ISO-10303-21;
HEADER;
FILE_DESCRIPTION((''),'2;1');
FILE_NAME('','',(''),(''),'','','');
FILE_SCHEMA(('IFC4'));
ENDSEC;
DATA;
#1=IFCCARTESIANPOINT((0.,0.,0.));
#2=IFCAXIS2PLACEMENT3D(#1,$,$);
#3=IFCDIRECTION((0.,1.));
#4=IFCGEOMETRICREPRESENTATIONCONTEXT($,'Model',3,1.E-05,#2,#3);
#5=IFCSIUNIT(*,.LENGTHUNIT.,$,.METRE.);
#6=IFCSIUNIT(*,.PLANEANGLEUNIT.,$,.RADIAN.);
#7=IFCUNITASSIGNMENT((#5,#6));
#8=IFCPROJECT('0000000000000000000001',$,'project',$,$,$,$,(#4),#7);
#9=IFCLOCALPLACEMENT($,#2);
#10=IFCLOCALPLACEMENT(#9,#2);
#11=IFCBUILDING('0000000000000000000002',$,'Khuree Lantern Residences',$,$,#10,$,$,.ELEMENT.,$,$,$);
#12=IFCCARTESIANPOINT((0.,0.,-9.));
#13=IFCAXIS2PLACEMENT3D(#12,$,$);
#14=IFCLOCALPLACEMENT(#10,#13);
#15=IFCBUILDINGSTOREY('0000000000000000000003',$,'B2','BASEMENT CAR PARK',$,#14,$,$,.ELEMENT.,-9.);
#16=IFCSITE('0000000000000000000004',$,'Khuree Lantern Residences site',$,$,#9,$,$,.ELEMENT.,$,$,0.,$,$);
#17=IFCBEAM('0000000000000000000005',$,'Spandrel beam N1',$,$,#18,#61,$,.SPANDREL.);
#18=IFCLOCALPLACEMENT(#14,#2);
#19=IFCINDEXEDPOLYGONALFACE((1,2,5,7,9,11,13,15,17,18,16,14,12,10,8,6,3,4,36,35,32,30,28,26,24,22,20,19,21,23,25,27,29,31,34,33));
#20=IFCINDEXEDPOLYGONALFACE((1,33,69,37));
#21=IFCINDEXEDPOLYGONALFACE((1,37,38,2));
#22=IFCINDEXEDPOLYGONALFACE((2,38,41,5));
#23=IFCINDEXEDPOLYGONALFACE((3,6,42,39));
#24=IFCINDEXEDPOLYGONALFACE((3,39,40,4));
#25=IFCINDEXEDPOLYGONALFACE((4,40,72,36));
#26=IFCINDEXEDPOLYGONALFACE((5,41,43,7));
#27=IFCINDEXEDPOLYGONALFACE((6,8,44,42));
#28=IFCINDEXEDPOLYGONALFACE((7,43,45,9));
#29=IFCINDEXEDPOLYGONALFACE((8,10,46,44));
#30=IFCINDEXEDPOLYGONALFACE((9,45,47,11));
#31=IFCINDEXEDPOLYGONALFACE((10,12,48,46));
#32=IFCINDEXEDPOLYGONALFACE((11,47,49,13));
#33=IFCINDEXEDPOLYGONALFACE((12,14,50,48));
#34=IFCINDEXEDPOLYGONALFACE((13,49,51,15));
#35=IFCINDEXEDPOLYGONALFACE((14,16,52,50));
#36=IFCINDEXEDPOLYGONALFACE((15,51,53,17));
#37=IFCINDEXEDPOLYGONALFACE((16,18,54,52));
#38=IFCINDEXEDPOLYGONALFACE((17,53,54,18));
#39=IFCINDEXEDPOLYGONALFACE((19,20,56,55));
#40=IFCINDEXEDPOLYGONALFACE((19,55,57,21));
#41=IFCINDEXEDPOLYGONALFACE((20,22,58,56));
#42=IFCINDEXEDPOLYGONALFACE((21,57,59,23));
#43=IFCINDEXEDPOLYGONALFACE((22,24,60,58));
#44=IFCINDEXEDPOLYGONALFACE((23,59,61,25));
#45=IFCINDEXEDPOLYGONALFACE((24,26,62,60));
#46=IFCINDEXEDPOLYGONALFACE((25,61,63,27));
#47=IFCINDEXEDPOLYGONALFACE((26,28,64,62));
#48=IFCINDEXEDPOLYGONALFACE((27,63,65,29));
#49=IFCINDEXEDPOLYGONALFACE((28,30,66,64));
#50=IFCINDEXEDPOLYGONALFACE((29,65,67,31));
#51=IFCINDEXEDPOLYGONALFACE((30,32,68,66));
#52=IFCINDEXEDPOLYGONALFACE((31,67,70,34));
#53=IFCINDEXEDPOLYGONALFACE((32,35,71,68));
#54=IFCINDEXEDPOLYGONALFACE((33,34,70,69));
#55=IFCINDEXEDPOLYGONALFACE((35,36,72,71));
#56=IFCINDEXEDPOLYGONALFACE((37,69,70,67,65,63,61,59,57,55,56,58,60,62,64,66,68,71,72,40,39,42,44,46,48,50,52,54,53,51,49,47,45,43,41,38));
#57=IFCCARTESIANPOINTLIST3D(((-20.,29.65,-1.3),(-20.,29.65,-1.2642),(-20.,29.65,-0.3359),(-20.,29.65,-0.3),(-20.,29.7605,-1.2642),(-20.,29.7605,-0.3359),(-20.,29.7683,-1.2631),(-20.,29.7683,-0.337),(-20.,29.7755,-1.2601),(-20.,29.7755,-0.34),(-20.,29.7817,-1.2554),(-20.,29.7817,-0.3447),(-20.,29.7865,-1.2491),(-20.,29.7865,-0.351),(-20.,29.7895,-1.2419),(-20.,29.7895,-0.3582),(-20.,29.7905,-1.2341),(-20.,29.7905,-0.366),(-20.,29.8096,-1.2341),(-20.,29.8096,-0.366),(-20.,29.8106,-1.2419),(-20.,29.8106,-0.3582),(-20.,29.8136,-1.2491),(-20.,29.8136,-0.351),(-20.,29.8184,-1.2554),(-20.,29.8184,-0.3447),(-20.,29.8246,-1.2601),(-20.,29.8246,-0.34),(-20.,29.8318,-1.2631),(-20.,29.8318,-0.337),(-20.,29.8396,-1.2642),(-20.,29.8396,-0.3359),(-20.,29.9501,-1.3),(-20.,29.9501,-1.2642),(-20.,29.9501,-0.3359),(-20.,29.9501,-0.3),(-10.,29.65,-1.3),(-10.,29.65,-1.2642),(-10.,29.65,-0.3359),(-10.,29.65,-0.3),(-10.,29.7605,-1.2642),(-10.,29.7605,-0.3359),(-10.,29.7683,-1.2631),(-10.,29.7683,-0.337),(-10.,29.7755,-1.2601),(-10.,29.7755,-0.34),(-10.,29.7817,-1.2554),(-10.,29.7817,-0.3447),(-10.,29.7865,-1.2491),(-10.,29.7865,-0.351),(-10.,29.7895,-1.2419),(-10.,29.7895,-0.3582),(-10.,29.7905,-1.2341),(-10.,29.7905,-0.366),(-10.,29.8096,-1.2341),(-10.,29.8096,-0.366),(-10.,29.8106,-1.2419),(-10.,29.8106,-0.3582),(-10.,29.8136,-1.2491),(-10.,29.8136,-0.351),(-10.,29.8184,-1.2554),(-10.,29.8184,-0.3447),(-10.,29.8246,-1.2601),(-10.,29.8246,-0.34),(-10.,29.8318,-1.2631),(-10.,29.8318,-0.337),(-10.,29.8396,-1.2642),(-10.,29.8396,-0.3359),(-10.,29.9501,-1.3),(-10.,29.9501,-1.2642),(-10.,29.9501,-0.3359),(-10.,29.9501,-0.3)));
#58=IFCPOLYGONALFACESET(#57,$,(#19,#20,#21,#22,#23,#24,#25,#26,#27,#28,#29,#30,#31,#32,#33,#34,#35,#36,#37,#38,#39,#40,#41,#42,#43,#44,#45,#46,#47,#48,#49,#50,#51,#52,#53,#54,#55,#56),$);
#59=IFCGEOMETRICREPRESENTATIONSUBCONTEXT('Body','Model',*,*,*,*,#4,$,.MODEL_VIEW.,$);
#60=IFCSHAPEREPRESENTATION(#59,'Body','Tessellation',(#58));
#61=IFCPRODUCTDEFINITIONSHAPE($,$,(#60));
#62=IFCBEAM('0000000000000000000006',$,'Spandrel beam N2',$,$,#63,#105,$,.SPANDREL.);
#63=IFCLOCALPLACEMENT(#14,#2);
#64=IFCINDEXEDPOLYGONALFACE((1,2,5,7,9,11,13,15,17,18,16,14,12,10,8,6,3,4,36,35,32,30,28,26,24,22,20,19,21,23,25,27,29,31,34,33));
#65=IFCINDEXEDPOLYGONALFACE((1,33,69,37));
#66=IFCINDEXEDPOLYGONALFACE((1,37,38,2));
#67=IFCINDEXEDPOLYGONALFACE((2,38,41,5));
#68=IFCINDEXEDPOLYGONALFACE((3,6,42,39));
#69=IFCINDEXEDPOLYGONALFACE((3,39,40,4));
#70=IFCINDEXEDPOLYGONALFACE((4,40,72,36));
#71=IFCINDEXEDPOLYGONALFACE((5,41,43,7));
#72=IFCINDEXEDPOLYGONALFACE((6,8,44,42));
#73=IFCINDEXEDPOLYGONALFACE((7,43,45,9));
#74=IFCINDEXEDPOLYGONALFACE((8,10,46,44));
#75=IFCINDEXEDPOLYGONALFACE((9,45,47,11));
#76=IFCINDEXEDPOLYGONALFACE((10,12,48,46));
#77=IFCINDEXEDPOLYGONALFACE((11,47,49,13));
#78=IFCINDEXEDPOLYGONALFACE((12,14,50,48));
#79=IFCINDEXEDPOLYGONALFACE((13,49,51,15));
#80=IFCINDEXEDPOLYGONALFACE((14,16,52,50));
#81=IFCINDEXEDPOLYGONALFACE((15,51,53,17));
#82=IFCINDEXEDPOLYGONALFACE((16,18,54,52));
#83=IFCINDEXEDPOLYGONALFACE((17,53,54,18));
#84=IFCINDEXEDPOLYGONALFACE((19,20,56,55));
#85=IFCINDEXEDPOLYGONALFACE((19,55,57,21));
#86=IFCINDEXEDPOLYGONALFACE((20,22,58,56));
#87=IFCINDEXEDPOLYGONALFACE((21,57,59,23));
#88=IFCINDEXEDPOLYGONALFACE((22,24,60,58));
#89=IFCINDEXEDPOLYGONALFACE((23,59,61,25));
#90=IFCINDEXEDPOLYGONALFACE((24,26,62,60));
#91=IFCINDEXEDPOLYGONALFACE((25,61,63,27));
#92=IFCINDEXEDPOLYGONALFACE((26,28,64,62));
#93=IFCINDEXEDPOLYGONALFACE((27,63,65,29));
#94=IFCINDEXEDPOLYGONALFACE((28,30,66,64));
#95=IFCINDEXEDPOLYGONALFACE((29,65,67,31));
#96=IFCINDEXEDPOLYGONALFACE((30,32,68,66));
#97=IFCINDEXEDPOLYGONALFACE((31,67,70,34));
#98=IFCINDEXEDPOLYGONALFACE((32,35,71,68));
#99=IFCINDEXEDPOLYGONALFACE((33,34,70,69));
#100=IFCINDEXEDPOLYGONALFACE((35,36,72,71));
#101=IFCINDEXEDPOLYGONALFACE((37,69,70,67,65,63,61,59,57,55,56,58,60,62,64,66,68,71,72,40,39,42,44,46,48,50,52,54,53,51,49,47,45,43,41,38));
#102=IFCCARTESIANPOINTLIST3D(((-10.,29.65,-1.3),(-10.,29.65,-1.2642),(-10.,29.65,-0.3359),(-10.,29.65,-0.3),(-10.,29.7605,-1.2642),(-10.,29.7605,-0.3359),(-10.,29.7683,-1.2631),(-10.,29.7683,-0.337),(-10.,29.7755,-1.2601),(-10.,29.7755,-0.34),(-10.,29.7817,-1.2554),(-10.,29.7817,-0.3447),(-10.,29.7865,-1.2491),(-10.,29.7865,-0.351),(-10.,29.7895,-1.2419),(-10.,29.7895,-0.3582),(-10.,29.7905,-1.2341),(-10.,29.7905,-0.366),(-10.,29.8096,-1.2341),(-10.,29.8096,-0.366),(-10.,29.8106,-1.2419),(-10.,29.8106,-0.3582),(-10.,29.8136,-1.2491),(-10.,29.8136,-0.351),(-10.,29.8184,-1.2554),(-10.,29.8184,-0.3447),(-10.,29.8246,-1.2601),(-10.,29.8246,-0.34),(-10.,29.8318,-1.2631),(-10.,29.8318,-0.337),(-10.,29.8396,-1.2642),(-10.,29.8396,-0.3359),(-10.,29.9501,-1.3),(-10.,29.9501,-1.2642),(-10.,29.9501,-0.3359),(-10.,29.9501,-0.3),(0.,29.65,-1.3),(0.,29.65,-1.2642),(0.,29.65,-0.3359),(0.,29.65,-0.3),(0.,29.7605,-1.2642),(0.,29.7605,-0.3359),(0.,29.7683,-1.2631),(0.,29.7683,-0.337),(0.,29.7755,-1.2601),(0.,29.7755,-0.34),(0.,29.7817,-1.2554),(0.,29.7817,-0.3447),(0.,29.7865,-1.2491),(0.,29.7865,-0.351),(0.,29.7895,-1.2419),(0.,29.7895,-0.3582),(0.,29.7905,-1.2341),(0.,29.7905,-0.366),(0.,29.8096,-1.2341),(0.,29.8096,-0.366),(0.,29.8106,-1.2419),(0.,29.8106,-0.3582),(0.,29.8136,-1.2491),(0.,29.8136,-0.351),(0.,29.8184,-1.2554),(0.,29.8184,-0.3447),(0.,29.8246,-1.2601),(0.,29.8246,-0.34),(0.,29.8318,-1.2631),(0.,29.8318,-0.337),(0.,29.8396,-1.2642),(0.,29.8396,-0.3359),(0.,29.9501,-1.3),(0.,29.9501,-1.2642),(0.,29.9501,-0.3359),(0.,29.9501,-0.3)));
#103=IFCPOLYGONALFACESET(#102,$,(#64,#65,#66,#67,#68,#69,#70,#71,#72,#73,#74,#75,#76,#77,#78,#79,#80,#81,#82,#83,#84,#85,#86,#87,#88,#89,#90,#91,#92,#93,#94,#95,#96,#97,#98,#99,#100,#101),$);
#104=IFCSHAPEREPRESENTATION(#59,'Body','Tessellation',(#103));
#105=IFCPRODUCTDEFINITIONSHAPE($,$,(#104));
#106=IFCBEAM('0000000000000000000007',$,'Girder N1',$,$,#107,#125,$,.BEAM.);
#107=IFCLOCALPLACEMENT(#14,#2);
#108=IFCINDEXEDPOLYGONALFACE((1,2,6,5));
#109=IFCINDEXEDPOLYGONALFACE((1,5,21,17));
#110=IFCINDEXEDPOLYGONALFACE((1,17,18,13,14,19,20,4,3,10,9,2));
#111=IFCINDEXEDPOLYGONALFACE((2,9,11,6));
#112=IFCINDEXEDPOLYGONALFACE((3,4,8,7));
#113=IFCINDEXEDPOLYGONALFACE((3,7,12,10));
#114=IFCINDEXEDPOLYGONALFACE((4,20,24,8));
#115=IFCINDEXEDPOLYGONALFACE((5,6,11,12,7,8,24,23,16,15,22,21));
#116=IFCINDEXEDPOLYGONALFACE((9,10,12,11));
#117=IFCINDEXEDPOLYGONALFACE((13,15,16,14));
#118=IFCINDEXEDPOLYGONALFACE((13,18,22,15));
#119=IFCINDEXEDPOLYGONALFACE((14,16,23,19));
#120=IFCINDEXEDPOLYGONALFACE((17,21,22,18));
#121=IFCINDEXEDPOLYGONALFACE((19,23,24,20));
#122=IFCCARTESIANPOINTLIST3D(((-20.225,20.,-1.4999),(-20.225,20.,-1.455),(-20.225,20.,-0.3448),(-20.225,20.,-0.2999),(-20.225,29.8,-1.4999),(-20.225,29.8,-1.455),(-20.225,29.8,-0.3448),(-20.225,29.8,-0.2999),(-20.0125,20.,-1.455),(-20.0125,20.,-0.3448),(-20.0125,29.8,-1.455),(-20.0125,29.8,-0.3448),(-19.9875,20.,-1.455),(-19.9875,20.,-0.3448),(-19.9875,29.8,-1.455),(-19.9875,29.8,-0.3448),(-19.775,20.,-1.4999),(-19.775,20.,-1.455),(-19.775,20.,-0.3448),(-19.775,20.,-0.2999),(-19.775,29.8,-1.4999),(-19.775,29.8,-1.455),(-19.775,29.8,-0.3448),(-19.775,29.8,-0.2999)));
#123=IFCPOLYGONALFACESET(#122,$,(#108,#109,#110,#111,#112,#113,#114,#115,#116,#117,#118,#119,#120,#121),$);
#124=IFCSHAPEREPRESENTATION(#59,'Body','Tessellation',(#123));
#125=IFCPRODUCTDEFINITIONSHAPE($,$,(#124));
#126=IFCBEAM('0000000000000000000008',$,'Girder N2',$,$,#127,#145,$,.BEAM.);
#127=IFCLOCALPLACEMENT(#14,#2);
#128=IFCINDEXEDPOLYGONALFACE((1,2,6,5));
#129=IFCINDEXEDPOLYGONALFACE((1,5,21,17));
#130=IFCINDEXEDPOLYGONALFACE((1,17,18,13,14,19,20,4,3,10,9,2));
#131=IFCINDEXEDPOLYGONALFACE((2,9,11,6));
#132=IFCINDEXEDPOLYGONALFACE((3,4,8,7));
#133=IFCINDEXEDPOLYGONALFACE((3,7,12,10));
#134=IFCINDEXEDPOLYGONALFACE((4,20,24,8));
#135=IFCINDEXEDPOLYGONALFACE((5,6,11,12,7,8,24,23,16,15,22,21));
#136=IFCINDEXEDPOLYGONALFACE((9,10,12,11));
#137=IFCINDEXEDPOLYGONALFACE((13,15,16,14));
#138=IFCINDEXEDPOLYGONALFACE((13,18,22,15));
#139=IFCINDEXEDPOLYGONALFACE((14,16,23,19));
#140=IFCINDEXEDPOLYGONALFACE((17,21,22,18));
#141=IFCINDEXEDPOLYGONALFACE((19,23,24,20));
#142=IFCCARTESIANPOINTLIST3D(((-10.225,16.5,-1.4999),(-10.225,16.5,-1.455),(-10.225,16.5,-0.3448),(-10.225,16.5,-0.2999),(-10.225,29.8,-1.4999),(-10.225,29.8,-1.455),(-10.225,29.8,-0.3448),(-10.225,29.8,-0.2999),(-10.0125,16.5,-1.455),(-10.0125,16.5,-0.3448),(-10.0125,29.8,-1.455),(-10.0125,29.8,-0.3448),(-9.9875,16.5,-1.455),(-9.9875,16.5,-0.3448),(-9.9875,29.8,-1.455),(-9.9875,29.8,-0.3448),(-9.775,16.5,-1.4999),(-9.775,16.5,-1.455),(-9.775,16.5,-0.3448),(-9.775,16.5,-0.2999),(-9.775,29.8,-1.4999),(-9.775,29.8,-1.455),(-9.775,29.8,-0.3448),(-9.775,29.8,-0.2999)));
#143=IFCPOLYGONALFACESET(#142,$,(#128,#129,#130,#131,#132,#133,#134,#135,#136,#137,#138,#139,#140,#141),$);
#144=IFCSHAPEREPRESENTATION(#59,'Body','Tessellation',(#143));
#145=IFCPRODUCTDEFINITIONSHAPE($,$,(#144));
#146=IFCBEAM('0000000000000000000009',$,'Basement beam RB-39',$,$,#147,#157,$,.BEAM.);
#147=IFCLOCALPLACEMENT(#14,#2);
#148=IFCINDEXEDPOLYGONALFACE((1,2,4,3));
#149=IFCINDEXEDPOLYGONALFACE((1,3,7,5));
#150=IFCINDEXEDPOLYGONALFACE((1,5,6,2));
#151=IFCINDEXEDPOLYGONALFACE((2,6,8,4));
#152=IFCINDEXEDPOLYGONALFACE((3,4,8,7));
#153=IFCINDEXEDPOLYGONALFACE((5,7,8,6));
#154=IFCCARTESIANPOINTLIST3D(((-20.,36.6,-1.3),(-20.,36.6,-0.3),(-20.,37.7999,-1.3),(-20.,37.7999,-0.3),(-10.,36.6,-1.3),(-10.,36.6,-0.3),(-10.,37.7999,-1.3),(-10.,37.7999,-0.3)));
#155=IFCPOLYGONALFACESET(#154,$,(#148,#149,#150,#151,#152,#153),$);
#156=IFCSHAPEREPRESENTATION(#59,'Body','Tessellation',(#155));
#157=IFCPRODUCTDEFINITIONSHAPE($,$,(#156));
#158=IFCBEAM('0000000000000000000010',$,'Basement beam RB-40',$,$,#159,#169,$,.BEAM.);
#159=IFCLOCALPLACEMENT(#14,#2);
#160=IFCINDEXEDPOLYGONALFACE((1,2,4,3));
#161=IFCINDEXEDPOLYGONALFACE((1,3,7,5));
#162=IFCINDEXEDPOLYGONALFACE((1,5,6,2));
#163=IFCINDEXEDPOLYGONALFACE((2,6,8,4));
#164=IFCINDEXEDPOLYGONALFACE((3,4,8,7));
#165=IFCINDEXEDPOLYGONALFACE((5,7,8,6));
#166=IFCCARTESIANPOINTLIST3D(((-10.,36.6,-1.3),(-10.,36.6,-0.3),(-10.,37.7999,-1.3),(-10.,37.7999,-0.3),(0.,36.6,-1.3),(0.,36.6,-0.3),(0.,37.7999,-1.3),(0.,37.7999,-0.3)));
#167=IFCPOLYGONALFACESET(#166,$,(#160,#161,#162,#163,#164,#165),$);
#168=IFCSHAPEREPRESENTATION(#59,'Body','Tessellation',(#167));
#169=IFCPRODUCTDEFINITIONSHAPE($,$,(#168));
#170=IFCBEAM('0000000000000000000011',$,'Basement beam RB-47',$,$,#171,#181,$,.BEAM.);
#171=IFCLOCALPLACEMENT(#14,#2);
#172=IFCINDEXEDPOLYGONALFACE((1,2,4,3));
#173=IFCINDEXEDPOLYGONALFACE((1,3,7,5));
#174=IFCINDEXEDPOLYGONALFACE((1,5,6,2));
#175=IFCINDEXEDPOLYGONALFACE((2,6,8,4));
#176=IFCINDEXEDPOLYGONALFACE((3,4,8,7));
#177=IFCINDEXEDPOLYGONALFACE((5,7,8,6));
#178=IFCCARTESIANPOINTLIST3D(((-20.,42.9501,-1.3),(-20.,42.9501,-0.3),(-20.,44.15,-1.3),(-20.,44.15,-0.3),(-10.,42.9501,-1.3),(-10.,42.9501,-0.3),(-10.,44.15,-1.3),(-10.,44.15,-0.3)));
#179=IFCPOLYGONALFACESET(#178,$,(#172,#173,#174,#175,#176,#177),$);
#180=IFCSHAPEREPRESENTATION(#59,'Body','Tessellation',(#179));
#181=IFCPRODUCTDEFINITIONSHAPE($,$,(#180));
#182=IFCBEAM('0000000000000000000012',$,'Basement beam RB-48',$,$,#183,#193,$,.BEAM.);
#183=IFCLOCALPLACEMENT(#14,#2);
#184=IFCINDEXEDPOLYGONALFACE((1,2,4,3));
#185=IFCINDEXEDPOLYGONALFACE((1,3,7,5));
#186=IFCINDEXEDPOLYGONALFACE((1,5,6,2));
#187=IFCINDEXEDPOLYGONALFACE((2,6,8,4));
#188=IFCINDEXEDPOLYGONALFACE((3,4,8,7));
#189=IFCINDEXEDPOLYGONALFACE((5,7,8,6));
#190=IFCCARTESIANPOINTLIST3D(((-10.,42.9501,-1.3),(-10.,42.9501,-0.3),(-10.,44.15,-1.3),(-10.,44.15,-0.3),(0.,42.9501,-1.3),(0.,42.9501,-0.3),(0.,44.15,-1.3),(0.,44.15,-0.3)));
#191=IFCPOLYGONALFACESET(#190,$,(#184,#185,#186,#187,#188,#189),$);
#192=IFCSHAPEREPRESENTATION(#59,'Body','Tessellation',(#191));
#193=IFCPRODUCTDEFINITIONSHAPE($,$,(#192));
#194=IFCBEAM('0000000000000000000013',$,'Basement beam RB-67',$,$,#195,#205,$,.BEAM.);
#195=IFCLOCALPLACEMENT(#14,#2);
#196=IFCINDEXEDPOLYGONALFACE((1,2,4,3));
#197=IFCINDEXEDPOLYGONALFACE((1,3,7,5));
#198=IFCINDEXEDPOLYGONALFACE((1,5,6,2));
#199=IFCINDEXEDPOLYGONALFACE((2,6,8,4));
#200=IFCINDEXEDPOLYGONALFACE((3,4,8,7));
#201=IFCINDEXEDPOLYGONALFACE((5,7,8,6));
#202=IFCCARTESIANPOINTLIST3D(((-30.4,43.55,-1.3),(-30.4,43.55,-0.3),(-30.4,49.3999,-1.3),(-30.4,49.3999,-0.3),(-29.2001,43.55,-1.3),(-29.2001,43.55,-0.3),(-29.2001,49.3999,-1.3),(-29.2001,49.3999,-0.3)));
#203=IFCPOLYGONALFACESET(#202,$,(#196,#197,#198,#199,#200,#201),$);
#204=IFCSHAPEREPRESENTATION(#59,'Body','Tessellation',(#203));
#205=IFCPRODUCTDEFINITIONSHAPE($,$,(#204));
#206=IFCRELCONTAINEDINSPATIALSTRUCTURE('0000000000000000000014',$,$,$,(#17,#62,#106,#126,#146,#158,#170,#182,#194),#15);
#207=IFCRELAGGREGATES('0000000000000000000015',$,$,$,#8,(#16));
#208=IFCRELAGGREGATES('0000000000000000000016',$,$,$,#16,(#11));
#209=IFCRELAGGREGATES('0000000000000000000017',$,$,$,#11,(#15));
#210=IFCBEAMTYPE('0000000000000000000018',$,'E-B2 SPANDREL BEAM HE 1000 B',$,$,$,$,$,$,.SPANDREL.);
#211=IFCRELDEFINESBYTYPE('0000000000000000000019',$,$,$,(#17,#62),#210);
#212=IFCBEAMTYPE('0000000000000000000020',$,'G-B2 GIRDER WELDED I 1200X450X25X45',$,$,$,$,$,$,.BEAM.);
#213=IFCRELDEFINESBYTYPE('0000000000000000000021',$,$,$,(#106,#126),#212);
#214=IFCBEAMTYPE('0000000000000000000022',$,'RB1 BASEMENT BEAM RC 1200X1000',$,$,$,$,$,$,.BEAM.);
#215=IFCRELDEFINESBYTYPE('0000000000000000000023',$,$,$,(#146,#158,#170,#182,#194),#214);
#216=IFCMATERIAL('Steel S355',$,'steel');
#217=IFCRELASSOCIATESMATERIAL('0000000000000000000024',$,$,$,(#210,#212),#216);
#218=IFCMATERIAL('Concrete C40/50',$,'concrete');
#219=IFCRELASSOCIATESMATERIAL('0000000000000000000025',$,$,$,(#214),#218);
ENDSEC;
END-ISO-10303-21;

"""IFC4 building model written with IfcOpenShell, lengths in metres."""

from ifc_helpers import new_model, si_unit, direction, frame, origin, origin_2d, place, context, subcontext, project, spatial, rectangle, i_section, extrude, material, material_profile, profile_set, type_object, element, save


model = new_model("IFC4")

# Units and contexts
model_context = context("Model", 3, precision=1e-05, world=origin(), true_north=direction((0.0, 1.0)))
body_context = subcontext(model_context, "Body", "Model", "MODEL_VIEW")
ifc_project = project(units=[si_unit("LENGTHUNIT", "METRE"), si_unit("PLANEANGLEUNIT", "RADIAN")], contexts=[model_context])

# Site, building, storey
site_placement = place(None, origin())
site = spatial("IfcSite", under=ifc_project, at=site_placement, Name="Khuree Lantern Residences site", CompositionType="ELEMENT", RefElevation=0.0)
building_placement = place(site_placement, origin())
building = spatial("IfcBuilding", under=site, at=building_placement, Name="Khuree Lantern Residences", CompositionType="ELEMENT")
storey_placement = place(building_placement, frame((0.0, 0.0, -9.0)))
storey = spatial("IfcBuildingStorey", under=building, at=storey_placement, Name="B2", Description="BASEMENT CAR PARK", CompositionType="ELEMENT", Elevation=-9.0)

# Beams
ifc_material_1 = material(Name="Steel S355", Category="steel")
ifc_material_profile_1 = material_profile(ifc_material_1, i_section(OverallWidth=0.3, OverallDepth=1.0, WebThickness=0.019, FlangeThickness=0.0359, FilletRadius=0.03, at=origin_2d()), Name="HE 1000 B")
ifc_profile_set_1 = profile_set([ifc_material_profile_1], Name="Steel S355")
beam_type_1 = type_object("IfcBeamType", Name="E-B2 SPANDREL BEAM HE 1000 B", PredefinedType="SPANDREL", material=ifc_profile_set_1)
for number, where, z_axis, x_axis, name in (
    (1, (-20.0, 29.8, -0.8), (1.0, 0.0, 0.0), (0.0, 1.0, 0.0), "Spandrel beam N1"),
    (2, (-10.0, 29.8, -0.8), (1.0, 0.0, 0.0), (0.0, 1.0, 0.0), "Spandrel beam N2"),
):
    element("IfcBeam", number, at=place(storey_placement, frame(where, z_axis=z_axis, x_axis=x_axis)), inside=storey, type_object=beam_type_1, Name=name, PredefinedType="SPANDREL", context=body_context, shape_type="SweptSolid", body=[
        extrude(i_section(OverallWidth=0.3, OverallDepth=1.0, WebThickness=0.019, FlangeThickness=0.0359, FilletRadius=0.03, at=origin_2d()), origin(), (0.0, 0.0, 1.0), 10.0),
    ])
ifc_material_profile_2 = material_profile(ifc_material_1, i_section(OverallWidth=0.45, OverallDepth=1.2, WebThickness=0.0249, FlangeThickness=0.0449, at=origin_2d()), Name="WELDED I 1200X450X25X45")
ifc_profile_set_2 = profile_set([ifc_material_profile_2], Name="Steel S355")
beam_type_2 = type_object("IfcBeamType", Name="G-B2 GIRDER WELDED I 1200X450X25X45", PredefinedType="BEAM", material=ifc_profile_set_2)
beam_1_placement = place(storey_placement, frame((-20.0, 29.8, -0.8999), z_axis=(0.0, -1.0, 0.0), x_axis=(1.0, 0.0, 0.0)))
element("IfcBeam", 3, at=beam_1_placement, inside=storey, type_object=beam_type_2, Name="Girder N1", PredefinedType="BEAM", context=body_context, shape_type="SweptSolid", body=[
    extrude(i_section(OverallWidth=0.45, OverallDepth=1.2, WebThickness=0.0249, FlangeThickness=0.0449, at=origin_2d()), origin(), (0.0, 0.0, 1.0), 9.8),
])
beam_2_placement = place(storey_placement, frame((-10.0, 29.8, -0.8999), z_axis=(0.0, -1.0, 0.0), x_axis=(1.0, 0.0, 0.0)))
element("IfcBeam", 4, at=beam_2_placement, inside=storey, type_object=beam_type_2, Name="Girder N2", PredefinedType="BEAM", context=body_context, shape_type="SweptSolid", body=[
    extrude(i_section(OverallWidth=0.45, OverallDepth=1.2, WebThickness=0.0249, FlangeThickness=0.0449, at=origin_2d()), origin(), (0.0, 0.0, 1.0), 13.3),
])
ifc_material_2 = material(Name="Concrete C40/50", Category="concrete")
ifc_material_profile_3 = material_profile(ifc_material_2, rectangle(XDim=1.2, YDim=1.0, at=origin_2d()), Name="RC 1200X1000")
ifc_profile_set_3 = profile_set([ifc_material_profile_3], Name="Concrete C40/50")
beam_type_3 = type_object("IfcBeamType", Name="RB1 BASEMENT BEAM RC 1200X1000", PredefinedType="BEAM", material=ifc_profile_set_3)
for number, where, z_axis, x_axis, name in (
    (5, (-20.0, 37.2, -0.8), (1.0, 0.0, 0.0), (0.0, 1.0, 0.0), "Basement beam RB-39"),
    (6, (-10.0, 37.2, -0.8), (1.0, 0.0, 0.0), (0.0, 1.0, 0.0), "Basement beam RB-40"),
    (7, (-20.0, 43.55, -0.8), (1.0, 0.0, 0.0), (0.0, 1.0, 0.0), "Basement beam RB-47"),
    (8, (-10.0, 43.55, -0.8), (1.0, 0.0, 0.0), (0.0, 1.0, 0.0), "Basement beam RB-48"),
):
    element("IfcBeam", number, at=place(storey_placement, frame(where, z_axis=z_axis, x_axis=x_axis)), inside=storey, type_object=beam_type_3, Name=name, PredefinedType="BEAM", context=body_context, shape_type="SweptSolid", body=[
        extrude(rectangle(XDim=1.2, YDim=1.0, at=origin_2d()), origin(), (0.0, 0.0, 1.0), 10.0),
    ])
beam_3_placement = place(storey_placement, frame((-29.8, 43.55, -0.8), z_axis=(0.0, 1.0, 0.0), x_axis=(-1.0, 0.0, 0.0)))
element("IfcBeam", 9, at=beam_3_placement, inside=storey, type_object=beam_type_3, Name="Basement beam RB-67", PredefinedType="BEAM", context=body_context, shape_type="SweptSolid", body=[
    extrude(rectangle(XDim=1.2, YDim=1.0, at=origin_2d()), origin(), (0.0, 0.0, 1.0), 5.8499),
])

save(model, "model.ifc")
